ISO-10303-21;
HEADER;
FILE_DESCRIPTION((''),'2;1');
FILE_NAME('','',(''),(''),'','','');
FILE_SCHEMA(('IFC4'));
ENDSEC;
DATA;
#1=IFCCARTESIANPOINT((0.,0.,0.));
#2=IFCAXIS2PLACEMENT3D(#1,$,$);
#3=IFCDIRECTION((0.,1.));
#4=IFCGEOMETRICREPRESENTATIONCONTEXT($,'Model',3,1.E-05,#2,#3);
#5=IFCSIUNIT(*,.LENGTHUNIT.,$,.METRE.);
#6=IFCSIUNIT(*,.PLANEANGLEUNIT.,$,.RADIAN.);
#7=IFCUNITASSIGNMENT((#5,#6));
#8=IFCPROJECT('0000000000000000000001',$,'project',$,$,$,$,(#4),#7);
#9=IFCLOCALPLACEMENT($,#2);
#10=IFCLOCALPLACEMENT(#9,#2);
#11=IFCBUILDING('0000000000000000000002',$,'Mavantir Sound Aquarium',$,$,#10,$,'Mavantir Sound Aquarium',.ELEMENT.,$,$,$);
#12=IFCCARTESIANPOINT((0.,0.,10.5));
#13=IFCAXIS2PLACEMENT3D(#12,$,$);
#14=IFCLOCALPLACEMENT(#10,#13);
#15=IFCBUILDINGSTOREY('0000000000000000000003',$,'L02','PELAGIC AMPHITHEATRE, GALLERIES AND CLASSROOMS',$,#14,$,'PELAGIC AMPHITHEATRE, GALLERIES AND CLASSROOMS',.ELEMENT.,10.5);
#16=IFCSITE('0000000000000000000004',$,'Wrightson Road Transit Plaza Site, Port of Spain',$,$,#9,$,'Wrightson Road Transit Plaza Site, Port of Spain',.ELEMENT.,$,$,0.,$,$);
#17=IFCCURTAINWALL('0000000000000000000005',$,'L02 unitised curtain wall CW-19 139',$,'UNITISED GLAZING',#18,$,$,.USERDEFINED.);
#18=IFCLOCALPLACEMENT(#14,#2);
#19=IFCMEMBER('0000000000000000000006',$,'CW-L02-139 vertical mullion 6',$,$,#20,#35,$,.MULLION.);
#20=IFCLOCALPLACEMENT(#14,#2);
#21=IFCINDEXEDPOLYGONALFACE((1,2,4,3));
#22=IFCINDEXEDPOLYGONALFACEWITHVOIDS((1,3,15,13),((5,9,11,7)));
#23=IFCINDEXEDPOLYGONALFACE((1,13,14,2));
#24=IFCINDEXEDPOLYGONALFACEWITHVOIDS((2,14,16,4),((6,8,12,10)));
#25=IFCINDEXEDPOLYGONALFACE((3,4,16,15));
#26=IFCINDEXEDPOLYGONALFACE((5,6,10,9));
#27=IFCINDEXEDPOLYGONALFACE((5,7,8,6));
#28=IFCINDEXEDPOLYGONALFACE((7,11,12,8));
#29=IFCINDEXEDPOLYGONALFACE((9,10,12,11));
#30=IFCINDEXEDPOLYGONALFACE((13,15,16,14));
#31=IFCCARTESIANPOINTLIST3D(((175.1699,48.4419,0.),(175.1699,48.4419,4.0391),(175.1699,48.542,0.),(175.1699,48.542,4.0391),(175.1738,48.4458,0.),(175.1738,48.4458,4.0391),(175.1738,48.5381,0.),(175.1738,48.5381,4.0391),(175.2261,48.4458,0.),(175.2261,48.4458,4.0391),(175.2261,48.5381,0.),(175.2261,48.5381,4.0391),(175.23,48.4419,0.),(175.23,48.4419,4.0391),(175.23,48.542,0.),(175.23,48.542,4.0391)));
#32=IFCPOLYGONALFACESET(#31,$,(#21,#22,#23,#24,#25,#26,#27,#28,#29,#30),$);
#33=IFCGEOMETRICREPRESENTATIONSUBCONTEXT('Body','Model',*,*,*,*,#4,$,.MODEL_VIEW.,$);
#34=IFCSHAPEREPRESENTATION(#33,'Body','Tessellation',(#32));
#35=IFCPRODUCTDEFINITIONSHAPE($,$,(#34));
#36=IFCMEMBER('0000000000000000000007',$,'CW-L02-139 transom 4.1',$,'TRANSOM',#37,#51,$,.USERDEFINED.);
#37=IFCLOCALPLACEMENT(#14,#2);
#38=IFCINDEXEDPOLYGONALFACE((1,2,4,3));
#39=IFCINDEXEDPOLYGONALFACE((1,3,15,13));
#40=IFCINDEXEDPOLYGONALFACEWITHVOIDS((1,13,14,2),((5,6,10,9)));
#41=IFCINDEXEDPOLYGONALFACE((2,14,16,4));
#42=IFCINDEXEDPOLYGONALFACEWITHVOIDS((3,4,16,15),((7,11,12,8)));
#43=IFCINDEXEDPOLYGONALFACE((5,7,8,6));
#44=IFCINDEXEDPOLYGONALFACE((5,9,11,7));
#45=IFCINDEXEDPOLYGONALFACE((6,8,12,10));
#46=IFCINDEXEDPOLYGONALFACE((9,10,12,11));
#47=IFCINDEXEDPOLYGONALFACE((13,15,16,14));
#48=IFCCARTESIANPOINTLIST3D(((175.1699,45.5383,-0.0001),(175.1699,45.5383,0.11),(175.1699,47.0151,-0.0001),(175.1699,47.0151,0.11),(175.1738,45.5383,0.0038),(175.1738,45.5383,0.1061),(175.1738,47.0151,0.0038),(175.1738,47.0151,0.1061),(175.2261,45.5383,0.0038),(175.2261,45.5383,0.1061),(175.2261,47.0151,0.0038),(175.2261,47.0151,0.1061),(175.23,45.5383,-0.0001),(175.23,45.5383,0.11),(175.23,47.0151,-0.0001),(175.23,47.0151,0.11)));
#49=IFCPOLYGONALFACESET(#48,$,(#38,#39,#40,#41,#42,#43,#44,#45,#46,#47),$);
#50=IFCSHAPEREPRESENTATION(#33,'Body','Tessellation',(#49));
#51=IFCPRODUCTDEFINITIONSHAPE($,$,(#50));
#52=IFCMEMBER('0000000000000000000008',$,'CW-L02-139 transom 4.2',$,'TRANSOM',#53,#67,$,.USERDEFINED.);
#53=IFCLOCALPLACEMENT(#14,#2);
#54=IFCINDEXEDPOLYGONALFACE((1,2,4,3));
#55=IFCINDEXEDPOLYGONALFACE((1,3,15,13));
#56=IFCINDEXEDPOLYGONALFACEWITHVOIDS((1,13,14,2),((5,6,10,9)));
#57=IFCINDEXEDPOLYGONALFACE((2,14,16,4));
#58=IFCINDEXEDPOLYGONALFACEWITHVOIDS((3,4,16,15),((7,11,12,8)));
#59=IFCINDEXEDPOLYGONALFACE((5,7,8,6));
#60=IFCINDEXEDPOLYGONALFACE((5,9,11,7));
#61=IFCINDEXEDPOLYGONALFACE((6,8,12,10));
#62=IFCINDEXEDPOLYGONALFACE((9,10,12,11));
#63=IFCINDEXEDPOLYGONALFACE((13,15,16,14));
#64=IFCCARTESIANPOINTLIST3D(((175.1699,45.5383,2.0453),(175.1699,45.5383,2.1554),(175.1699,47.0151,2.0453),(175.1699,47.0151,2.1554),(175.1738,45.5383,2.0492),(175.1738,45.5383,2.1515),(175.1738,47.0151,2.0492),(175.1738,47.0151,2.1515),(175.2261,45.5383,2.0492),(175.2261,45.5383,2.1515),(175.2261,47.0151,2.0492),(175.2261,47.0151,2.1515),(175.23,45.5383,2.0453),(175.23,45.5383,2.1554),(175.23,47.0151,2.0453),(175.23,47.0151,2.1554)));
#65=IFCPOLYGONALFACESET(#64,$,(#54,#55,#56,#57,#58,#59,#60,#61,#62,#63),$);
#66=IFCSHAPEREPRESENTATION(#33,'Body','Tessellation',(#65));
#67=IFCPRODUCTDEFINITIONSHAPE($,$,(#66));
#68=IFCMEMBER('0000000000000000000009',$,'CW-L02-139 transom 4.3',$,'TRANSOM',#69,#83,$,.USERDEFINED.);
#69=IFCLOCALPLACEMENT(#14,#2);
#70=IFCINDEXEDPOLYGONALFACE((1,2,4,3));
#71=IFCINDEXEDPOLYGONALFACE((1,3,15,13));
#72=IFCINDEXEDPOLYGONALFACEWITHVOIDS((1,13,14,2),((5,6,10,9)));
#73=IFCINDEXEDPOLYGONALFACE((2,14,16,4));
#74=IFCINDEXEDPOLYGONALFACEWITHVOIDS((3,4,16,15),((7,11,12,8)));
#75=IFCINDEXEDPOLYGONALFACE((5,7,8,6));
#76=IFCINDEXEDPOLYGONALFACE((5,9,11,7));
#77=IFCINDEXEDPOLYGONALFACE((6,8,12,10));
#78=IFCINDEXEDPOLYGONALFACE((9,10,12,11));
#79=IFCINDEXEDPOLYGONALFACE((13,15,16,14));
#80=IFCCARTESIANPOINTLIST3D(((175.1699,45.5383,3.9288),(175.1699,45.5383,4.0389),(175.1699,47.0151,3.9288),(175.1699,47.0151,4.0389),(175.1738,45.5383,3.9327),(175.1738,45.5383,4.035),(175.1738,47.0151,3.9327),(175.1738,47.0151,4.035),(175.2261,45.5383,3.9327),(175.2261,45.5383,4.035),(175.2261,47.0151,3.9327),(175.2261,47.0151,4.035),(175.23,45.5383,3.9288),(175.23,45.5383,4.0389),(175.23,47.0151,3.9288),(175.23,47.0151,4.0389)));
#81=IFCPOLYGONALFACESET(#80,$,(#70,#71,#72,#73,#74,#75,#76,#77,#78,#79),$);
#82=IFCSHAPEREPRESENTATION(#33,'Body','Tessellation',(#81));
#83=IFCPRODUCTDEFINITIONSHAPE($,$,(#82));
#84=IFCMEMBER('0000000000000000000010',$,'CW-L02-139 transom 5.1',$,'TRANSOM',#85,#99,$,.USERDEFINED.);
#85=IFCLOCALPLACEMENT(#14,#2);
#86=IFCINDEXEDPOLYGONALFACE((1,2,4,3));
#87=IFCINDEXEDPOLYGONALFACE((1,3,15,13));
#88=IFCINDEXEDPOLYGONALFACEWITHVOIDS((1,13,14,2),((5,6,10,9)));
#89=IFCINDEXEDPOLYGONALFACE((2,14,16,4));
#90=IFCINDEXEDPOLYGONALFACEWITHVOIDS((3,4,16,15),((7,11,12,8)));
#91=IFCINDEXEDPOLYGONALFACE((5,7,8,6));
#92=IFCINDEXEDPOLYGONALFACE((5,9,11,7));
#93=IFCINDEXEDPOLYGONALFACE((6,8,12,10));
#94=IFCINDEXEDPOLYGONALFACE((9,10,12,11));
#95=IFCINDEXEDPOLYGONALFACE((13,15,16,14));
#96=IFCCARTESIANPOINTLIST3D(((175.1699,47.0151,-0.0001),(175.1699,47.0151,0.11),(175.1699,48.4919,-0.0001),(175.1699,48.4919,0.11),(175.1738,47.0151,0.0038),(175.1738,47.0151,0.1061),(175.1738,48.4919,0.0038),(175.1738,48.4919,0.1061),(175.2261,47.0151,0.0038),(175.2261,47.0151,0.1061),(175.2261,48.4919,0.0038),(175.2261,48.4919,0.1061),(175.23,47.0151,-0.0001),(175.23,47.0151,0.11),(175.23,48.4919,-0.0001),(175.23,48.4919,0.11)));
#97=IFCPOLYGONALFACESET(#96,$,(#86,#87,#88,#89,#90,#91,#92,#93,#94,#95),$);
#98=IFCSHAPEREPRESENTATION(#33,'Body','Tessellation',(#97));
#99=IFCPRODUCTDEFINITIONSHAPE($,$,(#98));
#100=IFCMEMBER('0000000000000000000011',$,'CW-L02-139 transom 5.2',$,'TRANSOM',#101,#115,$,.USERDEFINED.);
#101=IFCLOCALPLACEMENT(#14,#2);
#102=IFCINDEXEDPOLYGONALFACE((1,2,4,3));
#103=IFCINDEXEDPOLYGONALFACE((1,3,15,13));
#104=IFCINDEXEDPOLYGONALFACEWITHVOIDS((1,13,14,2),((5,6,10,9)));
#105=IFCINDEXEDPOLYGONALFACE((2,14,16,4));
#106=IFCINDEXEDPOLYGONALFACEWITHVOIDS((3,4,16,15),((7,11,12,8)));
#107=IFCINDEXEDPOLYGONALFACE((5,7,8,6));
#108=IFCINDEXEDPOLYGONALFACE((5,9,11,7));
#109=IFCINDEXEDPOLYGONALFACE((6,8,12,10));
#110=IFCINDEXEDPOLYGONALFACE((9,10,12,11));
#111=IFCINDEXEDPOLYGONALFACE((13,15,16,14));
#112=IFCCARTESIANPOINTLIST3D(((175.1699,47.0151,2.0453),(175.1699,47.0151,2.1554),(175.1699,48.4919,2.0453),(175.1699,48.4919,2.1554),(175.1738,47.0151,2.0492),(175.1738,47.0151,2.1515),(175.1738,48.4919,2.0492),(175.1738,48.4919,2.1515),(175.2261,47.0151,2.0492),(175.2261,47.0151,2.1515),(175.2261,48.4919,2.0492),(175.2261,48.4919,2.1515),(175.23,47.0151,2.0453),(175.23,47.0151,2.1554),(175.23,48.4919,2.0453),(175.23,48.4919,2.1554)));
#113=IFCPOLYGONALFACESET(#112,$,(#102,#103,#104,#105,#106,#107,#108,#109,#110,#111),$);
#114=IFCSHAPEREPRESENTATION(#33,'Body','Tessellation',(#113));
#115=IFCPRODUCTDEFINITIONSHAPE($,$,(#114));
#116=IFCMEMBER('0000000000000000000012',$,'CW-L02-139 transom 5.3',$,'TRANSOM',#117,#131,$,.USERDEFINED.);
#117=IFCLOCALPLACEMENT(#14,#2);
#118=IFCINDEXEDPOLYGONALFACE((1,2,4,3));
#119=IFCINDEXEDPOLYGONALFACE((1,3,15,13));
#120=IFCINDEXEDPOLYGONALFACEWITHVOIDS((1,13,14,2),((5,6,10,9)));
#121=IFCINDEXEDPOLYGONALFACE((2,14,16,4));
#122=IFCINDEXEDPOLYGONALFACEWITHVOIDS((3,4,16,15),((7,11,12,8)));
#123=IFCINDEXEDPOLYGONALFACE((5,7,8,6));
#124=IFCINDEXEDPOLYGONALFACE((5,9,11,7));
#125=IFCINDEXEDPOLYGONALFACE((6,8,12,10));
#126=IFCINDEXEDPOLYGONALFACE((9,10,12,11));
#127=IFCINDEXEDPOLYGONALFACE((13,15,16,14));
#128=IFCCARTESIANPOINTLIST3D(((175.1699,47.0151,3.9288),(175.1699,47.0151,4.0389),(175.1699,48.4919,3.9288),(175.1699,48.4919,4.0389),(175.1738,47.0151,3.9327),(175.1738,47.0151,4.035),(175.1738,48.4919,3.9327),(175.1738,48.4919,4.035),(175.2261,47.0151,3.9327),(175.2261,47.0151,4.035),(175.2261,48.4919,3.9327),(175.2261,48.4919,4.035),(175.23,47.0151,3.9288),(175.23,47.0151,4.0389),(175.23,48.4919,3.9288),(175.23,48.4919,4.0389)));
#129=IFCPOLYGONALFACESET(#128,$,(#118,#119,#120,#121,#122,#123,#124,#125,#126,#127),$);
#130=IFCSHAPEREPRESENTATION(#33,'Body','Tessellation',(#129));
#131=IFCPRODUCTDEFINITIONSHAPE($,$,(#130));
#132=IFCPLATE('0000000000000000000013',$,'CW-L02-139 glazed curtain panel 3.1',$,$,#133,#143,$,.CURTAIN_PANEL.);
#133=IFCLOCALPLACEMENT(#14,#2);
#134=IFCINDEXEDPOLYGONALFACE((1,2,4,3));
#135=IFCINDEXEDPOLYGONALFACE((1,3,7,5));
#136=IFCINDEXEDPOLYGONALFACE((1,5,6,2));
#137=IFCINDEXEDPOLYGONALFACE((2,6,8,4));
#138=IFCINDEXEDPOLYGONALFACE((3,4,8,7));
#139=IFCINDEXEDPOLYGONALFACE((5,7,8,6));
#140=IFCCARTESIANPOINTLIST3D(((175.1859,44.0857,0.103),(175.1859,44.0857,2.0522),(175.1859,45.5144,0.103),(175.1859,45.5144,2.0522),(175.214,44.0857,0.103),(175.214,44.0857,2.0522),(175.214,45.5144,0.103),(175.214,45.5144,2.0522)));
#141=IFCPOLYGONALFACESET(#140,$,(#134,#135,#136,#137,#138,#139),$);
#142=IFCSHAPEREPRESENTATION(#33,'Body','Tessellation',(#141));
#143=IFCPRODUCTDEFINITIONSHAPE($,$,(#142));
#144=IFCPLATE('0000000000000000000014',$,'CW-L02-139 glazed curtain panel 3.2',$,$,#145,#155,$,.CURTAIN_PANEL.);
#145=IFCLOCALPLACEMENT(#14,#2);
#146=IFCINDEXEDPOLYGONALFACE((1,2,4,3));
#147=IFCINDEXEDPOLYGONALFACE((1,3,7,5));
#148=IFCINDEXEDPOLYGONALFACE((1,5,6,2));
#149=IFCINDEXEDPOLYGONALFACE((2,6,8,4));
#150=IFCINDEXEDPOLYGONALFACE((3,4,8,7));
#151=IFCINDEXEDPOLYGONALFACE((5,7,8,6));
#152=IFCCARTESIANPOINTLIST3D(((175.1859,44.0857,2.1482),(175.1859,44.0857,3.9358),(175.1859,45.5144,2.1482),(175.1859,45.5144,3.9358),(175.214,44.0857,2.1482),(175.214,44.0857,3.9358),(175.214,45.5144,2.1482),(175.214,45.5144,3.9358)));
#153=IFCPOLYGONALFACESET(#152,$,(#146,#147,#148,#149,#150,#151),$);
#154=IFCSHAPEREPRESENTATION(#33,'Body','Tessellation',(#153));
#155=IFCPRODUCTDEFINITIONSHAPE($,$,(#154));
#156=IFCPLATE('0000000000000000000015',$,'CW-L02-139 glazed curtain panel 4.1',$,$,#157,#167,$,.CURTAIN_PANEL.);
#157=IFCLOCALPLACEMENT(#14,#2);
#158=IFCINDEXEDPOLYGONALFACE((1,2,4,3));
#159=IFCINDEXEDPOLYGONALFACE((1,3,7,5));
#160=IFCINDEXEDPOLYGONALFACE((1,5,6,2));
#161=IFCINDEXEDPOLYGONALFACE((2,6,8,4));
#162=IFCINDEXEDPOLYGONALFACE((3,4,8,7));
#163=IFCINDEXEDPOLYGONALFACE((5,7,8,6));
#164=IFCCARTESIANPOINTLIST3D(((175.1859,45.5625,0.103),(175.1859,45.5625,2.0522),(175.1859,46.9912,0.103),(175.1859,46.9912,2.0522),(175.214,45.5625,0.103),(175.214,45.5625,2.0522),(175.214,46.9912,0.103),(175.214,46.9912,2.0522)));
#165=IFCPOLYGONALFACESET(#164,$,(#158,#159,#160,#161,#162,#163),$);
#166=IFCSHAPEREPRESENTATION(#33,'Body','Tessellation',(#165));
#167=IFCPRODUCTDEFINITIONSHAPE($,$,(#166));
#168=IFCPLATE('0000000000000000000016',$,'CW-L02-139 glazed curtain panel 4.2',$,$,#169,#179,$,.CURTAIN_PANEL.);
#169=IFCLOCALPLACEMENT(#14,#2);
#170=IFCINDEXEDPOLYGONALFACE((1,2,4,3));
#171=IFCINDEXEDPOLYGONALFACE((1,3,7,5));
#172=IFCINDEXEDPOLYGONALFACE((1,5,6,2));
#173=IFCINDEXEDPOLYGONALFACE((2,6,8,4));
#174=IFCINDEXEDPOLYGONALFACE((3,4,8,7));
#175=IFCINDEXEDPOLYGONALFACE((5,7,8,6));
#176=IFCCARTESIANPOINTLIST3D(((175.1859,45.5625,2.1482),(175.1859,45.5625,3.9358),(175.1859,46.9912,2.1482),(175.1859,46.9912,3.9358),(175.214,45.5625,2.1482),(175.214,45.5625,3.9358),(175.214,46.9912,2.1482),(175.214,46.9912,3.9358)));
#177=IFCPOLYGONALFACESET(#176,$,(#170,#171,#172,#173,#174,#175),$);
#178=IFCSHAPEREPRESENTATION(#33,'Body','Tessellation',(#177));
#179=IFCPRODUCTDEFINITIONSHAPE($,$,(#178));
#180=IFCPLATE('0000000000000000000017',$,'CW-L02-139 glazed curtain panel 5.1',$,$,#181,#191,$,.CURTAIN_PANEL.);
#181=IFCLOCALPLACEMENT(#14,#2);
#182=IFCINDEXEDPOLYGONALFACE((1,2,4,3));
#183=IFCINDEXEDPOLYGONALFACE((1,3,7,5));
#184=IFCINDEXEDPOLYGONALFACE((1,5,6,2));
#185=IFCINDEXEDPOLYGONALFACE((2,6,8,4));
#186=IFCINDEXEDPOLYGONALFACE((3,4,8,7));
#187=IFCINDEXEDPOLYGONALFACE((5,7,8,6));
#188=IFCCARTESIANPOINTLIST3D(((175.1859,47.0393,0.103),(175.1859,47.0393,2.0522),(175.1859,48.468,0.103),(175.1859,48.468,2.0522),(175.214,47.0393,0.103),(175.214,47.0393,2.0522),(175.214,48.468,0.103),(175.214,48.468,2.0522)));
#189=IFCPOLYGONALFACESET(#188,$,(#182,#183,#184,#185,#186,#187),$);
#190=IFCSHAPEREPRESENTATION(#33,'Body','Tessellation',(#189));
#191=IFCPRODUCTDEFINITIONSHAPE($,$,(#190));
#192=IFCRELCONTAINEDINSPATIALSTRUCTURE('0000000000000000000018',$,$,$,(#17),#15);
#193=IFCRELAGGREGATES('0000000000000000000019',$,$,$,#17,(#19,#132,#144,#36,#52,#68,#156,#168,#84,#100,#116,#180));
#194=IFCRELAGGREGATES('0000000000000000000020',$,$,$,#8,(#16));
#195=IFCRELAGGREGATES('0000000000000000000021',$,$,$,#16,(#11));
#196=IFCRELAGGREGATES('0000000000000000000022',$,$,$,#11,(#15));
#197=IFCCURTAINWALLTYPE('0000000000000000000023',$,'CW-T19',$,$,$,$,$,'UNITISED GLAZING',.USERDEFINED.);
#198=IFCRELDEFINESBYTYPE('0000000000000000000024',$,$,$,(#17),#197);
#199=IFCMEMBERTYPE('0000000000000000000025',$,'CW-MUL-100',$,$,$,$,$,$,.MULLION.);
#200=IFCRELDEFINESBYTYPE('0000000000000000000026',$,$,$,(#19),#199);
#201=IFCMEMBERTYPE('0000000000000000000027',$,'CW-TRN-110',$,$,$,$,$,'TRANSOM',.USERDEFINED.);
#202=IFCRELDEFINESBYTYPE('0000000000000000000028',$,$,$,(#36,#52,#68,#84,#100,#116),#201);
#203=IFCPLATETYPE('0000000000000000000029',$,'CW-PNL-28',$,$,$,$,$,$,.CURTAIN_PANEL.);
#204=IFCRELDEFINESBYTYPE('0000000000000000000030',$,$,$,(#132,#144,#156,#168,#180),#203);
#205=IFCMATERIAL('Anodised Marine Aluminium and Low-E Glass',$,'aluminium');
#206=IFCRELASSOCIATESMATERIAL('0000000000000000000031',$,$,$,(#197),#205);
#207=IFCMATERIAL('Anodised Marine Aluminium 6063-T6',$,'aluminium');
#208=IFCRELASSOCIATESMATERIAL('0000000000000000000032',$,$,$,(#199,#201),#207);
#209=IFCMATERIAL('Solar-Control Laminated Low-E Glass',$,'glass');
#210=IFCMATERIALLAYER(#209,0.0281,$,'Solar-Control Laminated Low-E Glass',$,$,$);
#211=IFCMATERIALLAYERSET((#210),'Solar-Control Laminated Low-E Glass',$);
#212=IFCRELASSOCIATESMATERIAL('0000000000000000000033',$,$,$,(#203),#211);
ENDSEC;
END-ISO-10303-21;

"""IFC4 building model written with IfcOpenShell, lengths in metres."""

from ifc_helpers import new_model, si_unit, direction, frame, origin, origin_2d, place, context, subcontext, project, spatial, rectangle, hollow_rectangle, extrude, material, layer, layer_set, material_profile, profile_set, type_object, element, aggregate, save


model = new_model("IFC4")

# Units and contexts
model_context = context("Model", 3, precision=1e-05, world=origin(), true_north=direction((0.0, 1.0)))
body_context = subcontext(model_context, "Body", "Model", "MODEL_VIEW")
ifc_project = project(units=[si_unit("LENGTHUNIT", "METRE"), si_unit("PLANEANGLEUNIT", "RADIAN")], contexts=[model_context])

# Site, building, storey
site_placement = place(None, origin())
site = spatial("IfcSite", under=ifc_project, at=site_placement, Name="Wrightson Road Transit Plaza Site, Port of Spain", LongName="Wrightson Road Transit Plaza Site, Port of Spain", CompositionType="ELEMENT", RefElevation=0.0)
building_placement = place(site_placement, origin())
building = spatial("IfcBuilding", under=site, at=building_placement, Name="Mavantir Sound Aquarium", LongName="Mavantir Sound Aquarium", CompositionType="ELEMENT")
storey_placement = place(building_placement, frame((0.0, 0.0, 10.5)))
storey = spatial("IfcBuildingStorey", under=building, at=storey_placement, Name="L02", Description="PELAGIC AMPHITHEATRE, GALLERIES AND CLASSROOMS", LongName="PELAGIC AMPHITHEATRE, GALLERIES AND CLASSROOMS", CompositionType="ELEMENT", Elevation=10.5)

# Curtain wall, members, plates
ifc_material_1 = material(Name="Anodised Marine Aluminium and Low-E Glass", Category="aluminium")
curtain_wall_type = type_object("IfcCurtainWallType", Name="CW-T19", ElementType="UNITISED GLAZING", PredefinedType="USERDEFINED", material=ifc_material_1)
curtain_wall_placement = place(storey_placement, origin())
curtain_wall = element("IfcCurtainWall", 1, at=curtain_wall_placement, inside=storey, type_object=curtain_wall_type, Name="L02 unitised curtain wall CW-19 139", ObjectType="UNITISED GLAZING", PredefinedType="USERDEFINED")
ifc_material_2 = material(Name="Anodised Marine Aluminium 6063-T6", Category="aluminium")
ifc_material_profile_1 = material_profile(ifc_material_2, hollow_rectangle(XDim=0.0601, YDim=0.1001, WallThickness=0.0039, at=origin_2d()), Name="ALU-MULLION-100X60")
ifc_profile_set_1 = profile_set([ifc_material_profile_1], Name="Anodised Marine Aluminium 6063-T6")
member_type_1 = type_object("IfcMemberType", Name="CW-MUL-100", PredefinedType="MULLION", material=ifc_profile_set_1)
member_1_placement = place(storey_placement, frame((175.2, 48.4919, 0.0), z_axis=(0.0, 0.0, 1.0), x_axis=(1.0, 0.0, 0.0)))
member_1 = element("IfcMember", 2, at=member_1_placement, type_object=member_type_1, Name="CW-L02-139 vertical mullion 6", PredefinedType="MULLION", context=body_context, shape_type="SweptSolid", body=[
    extrude(hollow_rectangle(XDim=0.0601, YDim=0.1001, WallThickness=0.0039, at=origin_2d()), origin(), (0.0, 0.0, 1.0), 4.0391),
])
ifc_material_profile_2 = material_profile(ifc_material_2, hollow_rectangle(XDim=0.0601, YDim=0.1101, WallThickness=0.0039, at=origin_2d()), Name="ALU-TRANSOM-110X60")
ifc_profile_set_2 = profile_set([ifc_material_profile_2], Name="Anodised Marine Aluminium 6063-T6")
member_type_2 = type_object("IfcMemberType", Name="CW-TRN-110", ElementType="TRANSOM", PredefinedType="USERDEFINED", material=ifc_profile_set_2)
member_2_placement = place(storey_placement, frame((175.2, 45.5383, 0.0549), z_axis=(0.0, 1.0, 0.0), x_axis=(-1.0, 0.0, 0.0)))
member_2 = element("IfcMember", 3, at=member_2_placement, type_object=member_type_2, Name="CW-L02-139 transom 4.1", ObjectType="TRANSOM", PredefinedType="USERDEFINED", context=body_context, shape_type="SweptSolid", body=[
    extrude(hollow_rectangle(XDim=0.0601, YDim=0.1101, WallThickness=0.0039, at=origin_2d()), origin(), (0.0, 0.0, 1.0), 1.4768),
])
member_3_placement = place(storey_placement, frame((175.2, 45.5383, 2.1003), z_axis=(0.0, 1.0, 0.0), x_axis=(-1.0, 0.0, 0.0)))
member_3 = element("IfcMember", 4, at=member_3_placement, type_object=member_type_2, Name="CW-L02-139 transom 4.2", ObjectType="TRANSOM", PredefinedType="USERDEFINED", context=body_context, shape_type="SweptSolid", body=[
    extrude(hollow_rectangle(XDim=0.0601, YDim=0.1101, WallThickness=0.0039, at=origin_2d()), origin(), (0.0, 0.0, 1.0), 1.4768),
])
member_4_placement = place(storey_placement, frame((175.2, 45.5383, 3.9839), z_axis=(0.0, 1.0, 0.0), x_axis=(-1.0, 0.0, 0.0)))
member_4 = element("IfcMember", 5, at=member_4_placement, type_object=member_type_2, Name="CW-L02-139 transom 4.3", ObjectType="TRANSOM", PredefinedType="USERDEFINED", context=body_context, shape_type="SweptSolid", body=[
    extrude(hollow_rectangle(XDim=0.0601, YDim=0.1101, WallThickness=0.0039, at=origin_2d()), origin(), (0.0, 0.0, 1.0), 1.4768),
])
member_5_placement = place(storey_placement, frame((175.2, 47.0151, 0.0549), z_axis=(0.0, 1.0, 0.0), x_axis=(-1.0, 0.0, 0.0)))
member_5 = element("IfcMember", 6, at=member_5_placement, type_object=member_type_2, Name="CW-L02-139 transom 5.1", ObjectType="TRANSOM", PredefinedType="USERDEFINED", context=body_context, shape_type="SweptSolid", body=[
    extrude(hollow_rectangle(XDim=0.0601, YDim=0.1101, WallThickness=0.0039, at=origin_2d()), origin(), (0.0, 0.0, 1.0), 1.4768),
])
member_6_placement = place(storey_placement, frame((175.2, 47.0151, 2.1003), z_axis=(0.0, 1.0, 0.0), x_axis=(-1.0, 0.0, 0.0)))
member_6 = element("IfcMember", 7, at=member_6_placement, type_object=member_type_2, Name="CW-L02-139 transom 5.2", ObjectType="TRANSOM", PredefinedType="USERDEFINED", context=body_context, shape_type="SweptSolid", body=[
    extrude(hollow_rectangle(XDim=0.0601, YDim=0.1101, WallThickness=0.0039, at=origin_2d()), origin(), (0.0, 0.0, 1.0), 1.4768),
])
member_7_placement = place(storey_placement, frame((175.2, 47.0151, 3.9839), z_axis=(0.0, 1.0, 0.0), x_axis=(-1.0, 0.0, 0.0)))
member_7 = element("IfcMember", 8, at=member_7_placement, type_object=member_type_2, Name="CW-L02-139 transom 5.3", ObjectType="TRANSOM", PredefinedType="USERDEFINED", context=body_context, shape_type="SweptSolid", body=[
    extrude(hollow_rectangle(XDim=0.0601, YDim=0.1101, WallThickness=0.0039, at=origin_2d()), origin(), (0.0, 0.0, 1.0), 1.4768),
])
ifc_material_3 = material(Name="Solar-Control Laminated Low-E Glass", Category="glass")
ifc_layer_1 = layer(ifc_material_3, 0.0281, Name="Solar-Control Laminated Low-E Glass")
ifc_layer_set_1 = layer_set([ifc_layer_1], Name="Solar-Control Laminated Low-E Glass")
plate_type = type_object("IfcPlateType", Name="CW-PNL-28", PredefinedType="CURTAIN_PANEL", material=ifc_layer_set_1)
plate_1_placement = place(storey_placement, frame((175.2, 44.8, 0.103), z_axis=(0.0, 0.0, 1.0), x_axis=(0.0, 1.0, 0.0)))
plate_1 = element("IfcPlate", 9, at=plate_1_placement, type_object=plate_type, Name="CW-L02-139 glazed curtain panel 3.1", PredefinedType="CURTAIN_PANEL", context=body_context, shape_type="SweptSolid", body=[
    extrude(rectangle(XDim=1.4287, YDim=0.0281, at=origin_2d()), origin(), (0.0, 0.0, 1.0), 1.9492),
])
plate_2_placement = place(storey_placement, frame((175.2, 44.8, 2.1482), z_axis=(0.0, 0.0, 1.0), x_axis=(0.0, 1.0, 0.0)))
plate_2 = element("IfcPlate", 10, at=plate_2_placement, type_object=plate_type, Name="CW-L02-139 glazed curtain panel 3.2", PredefinedType="CURTAIN_PANEL", context=body_context, shape_type="SweptSolid", body=[
    extrude(rectangle(XDim=1.4287, YDim=0.0281, at=origin_2d()), origin(), (0.0, 0.0, 1.0), 1.7876),
])
plate_3_placement = place(storey_placement, frame((175.2, 46.2769, 0.103), z_axis=(0.0, 0.0, 1.0), x_axis=(0.0, 1.0, 0.0)))
plate_3 = element("IfcPlate", 11, at=plate_3_placement, type_object=plate_type, Name="CW-L02-139 glazed curtain panel 4.1", PredefinedType="CURTAIN_PANEL", context=body_context, shape_type="SweptSolid", body=[
    extrude(rectangle(XDim=1.4287, YDim=0.0281, at=origin_2d()), origin(), (0.0, 0.0, 1.0), 1.9492),
])
plate_4_placement = place(storey_placement, frame((175.2, 46.2769, 2.1482), z_axis=(0.0, 0.0, 1.0), x_axis=(0.0, 1.0, 0.0)))
plate_4 = element("IfcPlate", 12, at=plate_4_placement, type_object=plate_type, Name="CW-L02-139 glazed curtain panel 4.2", PredefinedType="CURTAIN_PANEL", context=body_context, shape_type="SweptSolid", body=[
    extrude(rectangle(XDim=1.4287, YDim=0.0281, at=origin_2d()), origin(), (0.0, 0.0, 1.0), 1.7876),
])
plate_5_placement = place(storey_placement, frame((175.2, 47.7537, 0.103), z_axis=(0.0, 0.0, 1.0), x_axis=(0.0, 1.0, 0.0)))
plate_5 = element("IfcPlate", 13, at=plate_5_placement, type_object=plate_type, Name="CW-L02-139 glazed curtain panel 5.1", PredefinedType="CURTAIN_PANEL", context=body_context, shape_type="SweptSolid", body=[
    extrude(rectangle(XDim=1.4287, YDim=0.0281, at=origin_2d()), origin(), (0.0, 0.0, 1.0), 1.9492),
])
aggregate(curtain_wall, [member_1, plate_1, plate_2, member_2, member_3, member_4, plate_3, plate_4, member_5, member_6, member_7, plate_5])

save(model, "model.ifc")
